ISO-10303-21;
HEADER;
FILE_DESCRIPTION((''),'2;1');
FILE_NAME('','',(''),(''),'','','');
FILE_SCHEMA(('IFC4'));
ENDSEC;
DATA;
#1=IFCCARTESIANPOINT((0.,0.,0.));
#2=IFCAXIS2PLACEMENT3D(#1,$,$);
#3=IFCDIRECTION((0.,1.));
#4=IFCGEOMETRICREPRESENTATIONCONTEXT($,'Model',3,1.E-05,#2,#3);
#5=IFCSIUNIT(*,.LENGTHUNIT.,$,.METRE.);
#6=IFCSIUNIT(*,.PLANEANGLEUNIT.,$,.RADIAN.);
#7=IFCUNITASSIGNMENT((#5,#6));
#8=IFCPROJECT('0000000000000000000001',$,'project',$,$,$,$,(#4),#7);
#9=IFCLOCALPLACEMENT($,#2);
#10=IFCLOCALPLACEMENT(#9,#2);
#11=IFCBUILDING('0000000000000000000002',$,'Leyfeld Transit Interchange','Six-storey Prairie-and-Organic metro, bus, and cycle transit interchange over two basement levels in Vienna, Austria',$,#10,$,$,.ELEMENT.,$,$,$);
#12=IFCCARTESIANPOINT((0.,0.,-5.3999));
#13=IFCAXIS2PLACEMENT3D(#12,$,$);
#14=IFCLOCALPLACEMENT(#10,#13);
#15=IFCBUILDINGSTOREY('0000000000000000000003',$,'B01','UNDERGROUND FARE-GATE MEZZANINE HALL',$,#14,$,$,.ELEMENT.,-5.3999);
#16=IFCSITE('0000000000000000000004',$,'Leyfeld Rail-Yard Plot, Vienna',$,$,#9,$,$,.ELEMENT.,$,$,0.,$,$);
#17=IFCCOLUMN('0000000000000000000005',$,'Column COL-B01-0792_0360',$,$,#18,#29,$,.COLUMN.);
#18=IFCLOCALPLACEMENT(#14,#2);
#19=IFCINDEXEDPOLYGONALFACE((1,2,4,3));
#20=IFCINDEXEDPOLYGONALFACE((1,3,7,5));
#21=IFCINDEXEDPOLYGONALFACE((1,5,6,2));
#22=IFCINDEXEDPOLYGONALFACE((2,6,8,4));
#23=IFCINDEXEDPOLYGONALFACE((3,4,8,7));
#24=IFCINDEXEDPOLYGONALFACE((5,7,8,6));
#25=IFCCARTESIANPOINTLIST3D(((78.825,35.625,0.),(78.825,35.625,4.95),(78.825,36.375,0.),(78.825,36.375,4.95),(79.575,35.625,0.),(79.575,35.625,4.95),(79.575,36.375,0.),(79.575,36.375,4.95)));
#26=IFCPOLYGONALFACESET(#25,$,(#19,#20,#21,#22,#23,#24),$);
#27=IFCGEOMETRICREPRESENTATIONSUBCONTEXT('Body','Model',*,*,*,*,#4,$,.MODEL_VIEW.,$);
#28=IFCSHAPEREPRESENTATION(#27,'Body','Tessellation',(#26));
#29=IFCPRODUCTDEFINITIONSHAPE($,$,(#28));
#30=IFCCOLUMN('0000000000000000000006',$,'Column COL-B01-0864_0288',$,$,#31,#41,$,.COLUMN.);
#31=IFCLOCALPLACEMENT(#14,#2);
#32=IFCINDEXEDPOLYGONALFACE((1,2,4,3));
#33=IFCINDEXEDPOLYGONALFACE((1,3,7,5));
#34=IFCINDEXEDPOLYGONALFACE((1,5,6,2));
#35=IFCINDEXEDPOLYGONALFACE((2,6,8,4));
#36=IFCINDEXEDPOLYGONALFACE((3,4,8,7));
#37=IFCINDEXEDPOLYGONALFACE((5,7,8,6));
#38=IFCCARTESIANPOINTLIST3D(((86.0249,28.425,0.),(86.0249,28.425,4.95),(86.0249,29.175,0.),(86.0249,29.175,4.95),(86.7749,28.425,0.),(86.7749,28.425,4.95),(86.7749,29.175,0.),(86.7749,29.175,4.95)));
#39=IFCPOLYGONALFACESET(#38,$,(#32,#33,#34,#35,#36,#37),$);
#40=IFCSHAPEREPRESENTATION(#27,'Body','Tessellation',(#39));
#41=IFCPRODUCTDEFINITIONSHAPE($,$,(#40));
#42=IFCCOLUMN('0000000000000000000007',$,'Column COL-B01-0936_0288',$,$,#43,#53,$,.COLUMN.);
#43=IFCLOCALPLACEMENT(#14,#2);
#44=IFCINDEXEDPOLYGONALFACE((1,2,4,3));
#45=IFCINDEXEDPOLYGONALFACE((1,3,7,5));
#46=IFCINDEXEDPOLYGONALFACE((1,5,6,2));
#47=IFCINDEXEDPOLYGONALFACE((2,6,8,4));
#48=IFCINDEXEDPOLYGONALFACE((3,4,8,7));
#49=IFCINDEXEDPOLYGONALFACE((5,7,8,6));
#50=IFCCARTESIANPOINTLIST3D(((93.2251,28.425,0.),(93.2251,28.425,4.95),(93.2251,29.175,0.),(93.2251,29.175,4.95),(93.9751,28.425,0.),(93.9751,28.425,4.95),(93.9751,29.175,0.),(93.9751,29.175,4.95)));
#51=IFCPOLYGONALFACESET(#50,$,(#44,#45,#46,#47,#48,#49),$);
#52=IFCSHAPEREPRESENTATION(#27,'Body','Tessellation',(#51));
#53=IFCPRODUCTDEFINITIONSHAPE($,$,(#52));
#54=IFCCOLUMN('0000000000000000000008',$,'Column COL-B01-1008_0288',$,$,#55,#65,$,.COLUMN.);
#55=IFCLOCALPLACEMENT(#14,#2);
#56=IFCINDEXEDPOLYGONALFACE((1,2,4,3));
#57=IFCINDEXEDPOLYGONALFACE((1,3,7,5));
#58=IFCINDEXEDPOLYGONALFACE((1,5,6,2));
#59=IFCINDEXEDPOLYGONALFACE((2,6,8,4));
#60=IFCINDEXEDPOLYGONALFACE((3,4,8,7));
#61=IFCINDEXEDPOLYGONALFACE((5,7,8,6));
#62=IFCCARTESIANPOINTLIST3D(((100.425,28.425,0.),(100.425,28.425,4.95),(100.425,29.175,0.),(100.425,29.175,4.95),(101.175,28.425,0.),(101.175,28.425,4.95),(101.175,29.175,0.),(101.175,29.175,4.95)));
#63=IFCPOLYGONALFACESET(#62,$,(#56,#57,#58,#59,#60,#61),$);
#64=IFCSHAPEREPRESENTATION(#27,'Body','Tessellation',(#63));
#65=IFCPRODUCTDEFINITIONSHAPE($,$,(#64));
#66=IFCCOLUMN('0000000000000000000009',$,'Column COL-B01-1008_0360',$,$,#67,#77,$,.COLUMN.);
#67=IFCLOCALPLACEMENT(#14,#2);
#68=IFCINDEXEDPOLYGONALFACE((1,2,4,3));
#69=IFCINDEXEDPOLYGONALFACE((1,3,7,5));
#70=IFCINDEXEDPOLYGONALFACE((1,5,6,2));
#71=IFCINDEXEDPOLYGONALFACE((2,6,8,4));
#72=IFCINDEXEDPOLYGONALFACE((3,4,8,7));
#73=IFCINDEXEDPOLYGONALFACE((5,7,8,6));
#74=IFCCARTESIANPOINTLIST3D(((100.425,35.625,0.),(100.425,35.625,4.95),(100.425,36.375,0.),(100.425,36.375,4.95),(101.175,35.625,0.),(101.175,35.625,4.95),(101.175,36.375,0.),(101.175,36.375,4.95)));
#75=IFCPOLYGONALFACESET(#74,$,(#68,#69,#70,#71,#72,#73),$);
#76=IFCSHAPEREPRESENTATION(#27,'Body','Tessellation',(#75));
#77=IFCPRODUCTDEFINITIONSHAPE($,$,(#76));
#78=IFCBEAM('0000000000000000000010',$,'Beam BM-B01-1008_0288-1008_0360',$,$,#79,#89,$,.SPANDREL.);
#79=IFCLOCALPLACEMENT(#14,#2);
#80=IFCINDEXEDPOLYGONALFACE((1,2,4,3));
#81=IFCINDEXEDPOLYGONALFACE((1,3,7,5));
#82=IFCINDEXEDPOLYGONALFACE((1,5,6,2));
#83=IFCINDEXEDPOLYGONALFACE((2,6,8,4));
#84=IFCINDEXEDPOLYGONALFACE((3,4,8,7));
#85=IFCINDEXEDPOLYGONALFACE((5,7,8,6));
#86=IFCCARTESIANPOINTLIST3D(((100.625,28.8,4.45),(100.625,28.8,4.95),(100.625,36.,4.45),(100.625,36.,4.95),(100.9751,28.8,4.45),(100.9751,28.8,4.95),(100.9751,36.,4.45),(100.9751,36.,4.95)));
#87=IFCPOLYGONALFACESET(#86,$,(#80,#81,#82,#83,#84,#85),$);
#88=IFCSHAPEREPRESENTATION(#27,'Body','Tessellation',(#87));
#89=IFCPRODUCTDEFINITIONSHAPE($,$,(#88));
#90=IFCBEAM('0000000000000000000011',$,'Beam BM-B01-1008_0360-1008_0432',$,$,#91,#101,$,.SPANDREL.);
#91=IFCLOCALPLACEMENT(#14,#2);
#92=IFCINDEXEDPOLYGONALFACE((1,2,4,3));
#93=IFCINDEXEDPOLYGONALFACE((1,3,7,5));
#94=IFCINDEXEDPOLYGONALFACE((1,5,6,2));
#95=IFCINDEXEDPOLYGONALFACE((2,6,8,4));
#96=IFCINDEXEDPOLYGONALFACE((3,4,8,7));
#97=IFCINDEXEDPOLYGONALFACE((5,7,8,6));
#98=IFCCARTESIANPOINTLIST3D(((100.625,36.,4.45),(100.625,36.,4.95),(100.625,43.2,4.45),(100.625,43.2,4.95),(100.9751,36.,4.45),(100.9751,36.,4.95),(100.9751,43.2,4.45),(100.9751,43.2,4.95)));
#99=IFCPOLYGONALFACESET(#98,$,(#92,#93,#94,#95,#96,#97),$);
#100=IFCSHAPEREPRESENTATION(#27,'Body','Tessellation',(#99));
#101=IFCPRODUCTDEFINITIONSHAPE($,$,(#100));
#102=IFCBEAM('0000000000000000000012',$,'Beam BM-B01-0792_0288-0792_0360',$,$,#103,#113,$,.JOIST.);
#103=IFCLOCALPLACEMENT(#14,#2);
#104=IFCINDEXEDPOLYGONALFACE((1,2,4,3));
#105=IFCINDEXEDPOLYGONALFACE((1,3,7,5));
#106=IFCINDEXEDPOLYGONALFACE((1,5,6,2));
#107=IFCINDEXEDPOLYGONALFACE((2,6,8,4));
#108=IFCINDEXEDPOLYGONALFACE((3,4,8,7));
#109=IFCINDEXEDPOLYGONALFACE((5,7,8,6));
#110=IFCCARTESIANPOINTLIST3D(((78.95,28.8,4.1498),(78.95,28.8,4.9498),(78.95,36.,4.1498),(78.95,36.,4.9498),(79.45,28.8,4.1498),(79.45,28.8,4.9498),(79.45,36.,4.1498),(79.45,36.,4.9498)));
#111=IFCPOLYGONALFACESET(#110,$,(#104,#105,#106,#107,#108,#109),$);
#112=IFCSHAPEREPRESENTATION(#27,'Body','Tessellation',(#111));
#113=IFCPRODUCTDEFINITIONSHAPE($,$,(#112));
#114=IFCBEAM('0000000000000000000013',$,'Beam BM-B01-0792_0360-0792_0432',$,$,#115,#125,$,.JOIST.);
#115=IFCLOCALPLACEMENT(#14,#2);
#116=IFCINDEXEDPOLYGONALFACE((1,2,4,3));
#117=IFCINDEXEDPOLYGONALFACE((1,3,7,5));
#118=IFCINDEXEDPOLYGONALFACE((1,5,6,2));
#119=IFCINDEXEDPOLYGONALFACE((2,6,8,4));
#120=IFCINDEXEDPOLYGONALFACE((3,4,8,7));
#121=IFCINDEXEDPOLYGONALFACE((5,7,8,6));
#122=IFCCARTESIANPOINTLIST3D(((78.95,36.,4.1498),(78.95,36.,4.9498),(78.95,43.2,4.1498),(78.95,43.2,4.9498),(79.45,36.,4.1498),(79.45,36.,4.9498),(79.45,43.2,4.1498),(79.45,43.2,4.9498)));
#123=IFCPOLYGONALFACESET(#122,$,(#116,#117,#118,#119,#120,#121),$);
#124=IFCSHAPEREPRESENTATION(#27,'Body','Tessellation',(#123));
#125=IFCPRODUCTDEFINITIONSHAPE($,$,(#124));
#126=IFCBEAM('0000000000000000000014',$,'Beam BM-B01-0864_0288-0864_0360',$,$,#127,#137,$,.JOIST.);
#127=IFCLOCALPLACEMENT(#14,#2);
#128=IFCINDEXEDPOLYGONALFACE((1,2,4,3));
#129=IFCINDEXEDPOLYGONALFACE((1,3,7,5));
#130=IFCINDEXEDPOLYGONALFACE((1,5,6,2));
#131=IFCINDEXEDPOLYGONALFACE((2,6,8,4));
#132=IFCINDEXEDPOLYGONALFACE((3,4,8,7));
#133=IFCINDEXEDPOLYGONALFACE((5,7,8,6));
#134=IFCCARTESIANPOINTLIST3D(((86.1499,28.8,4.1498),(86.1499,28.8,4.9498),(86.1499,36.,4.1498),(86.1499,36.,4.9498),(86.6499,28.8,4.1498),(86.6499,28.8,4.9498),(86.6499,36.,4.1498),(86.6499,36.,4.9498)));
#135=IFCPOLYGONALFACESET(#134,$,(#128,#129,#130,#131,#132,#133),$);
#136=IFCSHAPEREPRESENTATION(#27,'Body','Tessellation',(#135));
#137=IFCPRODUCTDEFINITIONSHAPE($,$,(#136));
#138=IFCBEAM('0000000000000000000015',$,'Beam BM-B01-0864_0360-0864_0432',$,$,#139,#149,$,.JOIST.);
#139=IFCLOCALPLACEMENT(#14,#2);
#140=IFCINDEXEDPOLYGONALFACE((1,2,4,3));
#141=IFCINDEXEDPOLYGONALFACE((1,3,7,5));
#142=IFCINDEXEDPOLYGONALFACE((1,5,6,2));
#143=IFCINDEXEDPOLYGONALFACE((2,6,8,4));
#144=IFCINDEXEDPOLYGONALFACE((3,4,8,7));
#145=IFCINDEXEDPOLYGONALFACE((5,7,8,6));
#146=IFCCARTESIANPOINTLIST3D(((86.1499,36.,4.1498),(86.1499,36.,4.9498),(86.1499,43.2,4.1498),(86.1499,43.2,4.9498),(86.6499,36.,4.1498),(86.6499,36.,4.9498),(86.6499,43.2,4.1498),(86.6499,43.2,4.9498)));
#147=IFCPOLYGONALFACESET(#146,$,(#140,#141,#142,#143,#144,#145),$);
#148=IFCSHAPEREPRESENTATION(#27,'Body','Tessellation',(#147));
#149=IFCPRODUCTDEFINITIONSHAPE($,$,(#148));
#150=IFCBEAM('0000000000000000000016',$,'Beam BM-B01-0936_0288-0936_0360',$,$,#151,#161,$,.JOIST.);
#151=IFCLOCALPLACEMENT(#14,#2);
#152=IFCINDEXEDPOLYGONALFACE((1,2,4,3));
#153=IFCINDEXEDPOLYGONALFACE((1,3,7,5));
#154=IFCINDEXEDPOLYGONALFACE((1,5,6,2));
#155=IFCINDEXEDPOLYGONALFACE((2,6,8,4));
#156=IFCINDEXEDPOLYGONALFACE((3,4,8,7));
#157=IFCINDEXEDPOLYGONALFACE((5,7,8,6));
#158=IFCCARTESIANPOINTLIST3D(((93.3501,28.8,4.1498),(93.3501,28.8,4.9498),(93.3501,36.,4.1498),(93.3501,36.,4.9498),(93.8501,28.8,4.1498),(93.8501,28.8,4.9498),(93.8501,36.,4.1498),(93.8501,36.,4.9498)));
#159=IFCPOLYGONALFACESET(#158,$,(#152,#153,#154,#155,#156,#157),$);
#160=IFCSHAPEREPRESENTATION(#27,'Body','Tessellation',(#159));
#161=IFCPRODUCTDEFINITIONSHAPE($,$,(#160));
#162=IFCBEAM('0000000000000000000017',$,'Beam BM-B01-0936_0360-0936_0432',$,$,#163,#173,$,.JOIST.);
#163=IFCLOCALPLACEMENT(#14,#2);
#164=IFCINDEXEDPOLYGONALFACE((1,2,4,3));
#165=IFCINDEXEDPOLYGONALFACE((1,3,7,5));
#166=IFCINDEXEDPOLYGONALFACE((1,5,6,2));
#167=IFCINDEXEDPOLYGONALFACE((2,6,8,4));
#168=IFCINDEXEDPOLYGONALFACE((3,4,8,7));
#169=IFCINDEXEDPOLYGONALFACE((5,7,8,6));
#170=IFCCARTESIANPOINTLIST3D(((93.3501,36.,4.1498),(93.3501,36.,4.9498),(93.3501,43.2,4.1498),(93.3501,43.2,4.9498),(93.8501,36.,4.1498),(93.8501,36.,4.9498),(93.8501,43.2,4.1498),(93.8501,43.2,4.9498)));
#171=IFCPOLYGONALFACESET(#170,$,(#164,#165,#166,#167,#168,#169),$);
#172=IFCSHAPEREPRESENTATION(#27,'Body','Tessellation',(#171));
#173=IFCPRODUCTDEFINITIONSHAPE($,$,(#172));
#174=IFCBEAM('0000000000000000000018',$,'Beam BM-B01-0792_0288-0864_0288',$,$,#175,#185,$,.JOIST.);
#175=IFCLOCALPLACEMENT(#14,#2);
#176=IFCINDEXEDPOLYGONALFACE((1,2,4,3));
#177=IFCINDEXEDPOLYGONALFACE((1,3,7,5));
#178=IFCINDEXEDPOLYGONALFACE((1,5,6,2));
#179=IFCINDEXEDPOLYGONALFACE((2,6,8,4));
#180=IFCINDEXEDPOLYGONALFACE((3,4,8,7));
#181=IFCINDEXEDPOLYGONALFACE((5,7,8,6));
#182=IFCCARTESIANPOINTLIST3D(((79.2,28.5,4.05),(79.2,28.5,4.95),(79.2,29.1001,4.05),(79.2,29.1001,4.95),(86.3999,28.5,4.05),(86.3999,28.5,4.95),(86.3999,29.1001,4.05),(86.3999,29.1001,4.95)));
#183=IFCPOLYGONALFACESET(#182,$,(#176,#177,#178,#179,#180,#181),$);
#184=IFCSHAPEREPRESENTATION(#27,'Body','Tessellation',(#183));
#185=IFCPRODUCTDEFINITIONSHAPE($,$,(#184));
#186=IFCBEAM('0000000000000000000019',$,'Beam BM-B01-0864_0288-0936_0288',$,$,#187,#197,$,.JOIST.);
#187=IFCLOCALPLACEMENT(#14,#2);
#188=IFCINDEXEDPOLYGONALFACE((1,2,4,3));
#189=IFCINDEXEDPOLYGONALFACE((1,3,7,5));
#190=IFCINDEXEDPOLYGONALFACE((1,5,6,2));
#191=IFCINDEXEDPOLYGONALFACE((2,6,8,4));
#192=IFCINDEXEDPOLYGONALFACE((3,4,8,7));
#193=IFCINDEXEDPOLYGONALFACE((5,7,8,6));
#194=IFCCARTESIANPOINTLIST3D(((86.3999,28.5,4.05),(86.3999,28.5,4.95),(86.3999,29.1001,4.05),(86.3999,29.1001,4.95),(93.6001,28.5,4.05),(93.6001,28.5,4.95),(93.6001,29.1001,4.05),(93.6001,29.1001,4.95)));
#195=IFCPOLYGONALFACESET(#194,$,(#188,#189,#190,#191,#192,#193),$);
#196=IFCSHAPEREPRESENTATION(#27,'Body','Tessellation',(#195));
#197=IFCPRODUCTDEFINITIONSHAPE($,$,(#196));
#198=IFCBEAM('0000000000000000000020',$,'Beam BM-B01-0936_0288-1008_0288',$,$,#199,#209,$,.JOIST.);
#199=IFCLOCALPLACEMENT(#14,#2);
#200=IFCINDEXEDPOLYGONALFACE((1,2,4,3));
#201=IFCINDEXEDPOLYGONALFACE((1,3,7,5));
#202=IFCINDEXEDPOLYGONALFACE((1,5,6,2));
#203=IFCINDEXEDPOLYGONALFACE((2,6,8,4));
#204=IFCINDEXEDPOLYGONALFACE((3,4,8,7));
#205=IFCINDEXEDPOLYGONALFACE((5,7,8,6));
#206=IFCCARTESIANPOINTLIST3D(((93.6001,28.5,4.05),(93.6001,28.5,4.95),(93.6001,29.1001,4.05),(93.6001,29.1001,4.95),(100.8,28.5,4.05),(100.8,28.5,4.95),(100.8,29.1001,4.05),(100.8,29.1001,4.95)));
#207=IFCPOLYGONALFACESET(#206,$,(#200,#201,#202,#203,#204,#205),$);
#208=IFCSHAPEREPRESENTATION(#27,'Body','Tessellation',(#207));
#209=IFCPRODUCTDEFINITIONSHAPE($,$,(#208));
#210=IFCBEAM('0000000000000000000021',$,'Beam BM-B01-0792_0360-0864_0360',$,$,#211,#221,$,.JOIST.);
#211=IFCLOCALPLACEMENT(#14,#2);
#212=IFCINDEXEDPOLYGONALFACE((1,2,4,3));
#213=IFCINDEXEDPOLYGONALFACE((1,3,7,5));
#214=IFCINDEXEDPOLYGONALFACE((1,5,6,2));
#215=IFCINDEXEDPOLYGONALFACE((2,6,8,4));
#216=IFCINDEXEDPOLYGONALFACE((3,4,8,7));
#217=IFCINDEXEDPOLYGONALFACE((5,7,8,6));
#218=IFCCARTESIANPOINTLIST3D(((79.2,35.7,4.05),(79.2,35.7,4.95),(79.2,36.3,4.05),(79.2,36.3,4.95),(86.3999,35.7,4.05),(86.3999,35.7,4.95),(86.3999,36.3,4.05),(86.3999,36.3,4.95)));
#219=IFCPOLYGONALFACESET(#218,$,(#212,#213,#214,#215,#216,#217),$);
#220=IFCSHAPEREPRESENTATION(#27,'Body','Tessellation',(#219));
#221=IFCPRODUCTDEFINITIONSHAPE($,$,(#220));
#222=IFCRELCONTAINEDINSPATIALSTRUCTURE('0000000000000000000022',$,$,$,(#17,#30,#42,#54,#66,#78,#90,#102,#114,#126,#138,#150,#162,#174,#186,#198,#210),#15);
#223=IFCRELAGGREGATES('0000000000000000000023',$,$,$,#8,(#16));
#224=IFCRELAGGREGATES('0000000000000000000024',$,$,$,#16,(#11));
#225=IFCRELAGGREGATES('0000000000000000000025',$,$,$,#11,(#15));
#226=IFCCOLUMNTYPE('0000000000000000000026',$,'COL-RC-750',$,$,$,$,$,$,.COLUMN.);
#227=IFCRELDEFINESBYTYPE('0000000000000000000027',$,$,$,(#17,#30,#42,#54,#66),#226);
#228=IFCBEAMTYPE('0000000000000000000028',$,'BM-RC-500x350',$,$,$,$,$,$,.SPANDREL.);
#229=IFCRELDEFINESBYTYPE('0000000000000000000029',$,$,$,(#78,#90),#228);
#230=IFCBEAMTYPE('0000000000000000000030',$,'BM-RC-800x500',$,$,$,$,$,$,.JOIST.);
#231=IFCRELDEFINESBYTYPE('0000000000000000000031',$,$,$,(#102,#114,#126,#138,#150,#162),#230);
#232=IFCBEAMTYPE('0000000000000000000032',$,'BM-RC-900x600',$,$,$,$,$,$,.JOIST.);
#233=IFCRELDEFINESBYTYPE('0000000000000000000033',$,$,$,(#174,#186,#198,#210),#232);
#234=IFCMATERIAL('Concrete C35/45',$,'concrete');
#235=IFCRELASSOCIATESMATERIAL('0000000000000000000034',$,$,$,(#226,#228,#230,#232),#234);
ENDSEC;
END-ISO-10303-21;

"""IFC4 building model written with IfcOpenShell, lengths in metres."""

from ifc_helpers import new_model, si_unit, direction, frame, origin, origin_2d, place, context, subcontext, project, spatial, rectangle, extrude, material, material_profile, profile_set, type_object, element, save


model = new_model("IFC4")

# Units and contexts
model_context = context("Model", 3, precision=1e-05, world=origin(), true_north=direction((0.0, 1.0)))
body_context = subcontext(model_context, "Body", "Model", "MODEL_VIEW")
ifc_project = project(units=[si_unit("LENGTHUNIT", "METRE"), si_unit("PLANEANGLEUNIT", "RADIAN")], contexts=[model_context])

# Site, building, storey
site_placement = place(None, origin())
site = spatial("IfcSite", under=ifc_project, at=site_placement, Name="Leyfeld Rail-Yard Plot, Vienna", CompositionType="ELEMENT", RefElevation=0.0)
building_placement = place(site_placement, origin())
building = spatial("IfcBuilding", under=site, at=building_placement, Name="Leyfeld Transit Interchange", Description="Six-storey Prairie-and-Organic metro, bus, and cycle transit interchange over two basement levels in Vienna, Austria", CompositionType="ELEMENT")
storey_placement = place(building_placement, frame((0.0, 0.0, -5.3999)))
storey = spatial("IfcBuildingStorey", under=building, at=storey_placement, Name="B01", Description="UNDERGROUND FARE-GATE MEZZANINE HALL", CompositionType="ELEMENT", Elevation=-5.3999)

# Columns
ifc_material_1 = material(Name="Concrete C35/45", Category="concrete")
ifc_material_profile_1 = material_profile(ifc_material_1, rectangle(XDim=0.75, YDim=0.75, at=origin_2d()), Name="RC 750x750")
ifc_profile_set_1 = profile_set([ifc_material_profile_1], Name="Concrete C35/45")
column_type = type_object("IfcColumnType", Name="COL-RC-750", PredefinedType="COLUMN", material=ifc_profile_set_1)
for number, where, z_axis, x_axis, name in (
    (1, (79.2, 36.0, 0.0), (0.0, 0.0, 1.0), (1.0, 0.0, 0.0), "Column COL-B01-0792_0360"),
    (2, (86.3999, 28.8, 0.0), (0.0, 0.0, 1.0), (1.0, 0.0, 0.0), "Column COL-B01-0864_0288"),
    (3, (93.6001, 28.8, 0.0), (0.0, 0.0, 1.0), (1.0, 0.0, 0.0), "Column COL-B01-0936_0288"),
    (4, (100.8, 28.8, 0.0), (0.0, 0.0, 1.0), (1.0, 0.0, 0.0), "Column COL-B01-1008_0288"),
    (5, (100.8, 36.0, 0.0), (0.0, 0.0, 1.0), (1.0, 0.0, 0.0), "Column COL-B01-1008_0360"),
):
    element("IfcColumn", number, at=place(storey_placement, frame(where, z_axis=z_axis, x_axis=x_axis)), inside=storey, type_object=column_type, Name=name, PredefinedType="COLUMN", context=body_context, shape_type="SweptSolid", body=[
        extrude(rectangle(XDim=0.75, YDim=0.75, at=origin_2d()), origin(), (0.0, 0.0, 1.0), 4.95),
    ])

# Beams
ifc_material_profile_2 = material_profile(ifc_material_1, rectangle(XDim=0.3501, YDim=0.5, at=origin_2d()), Name="RC 500x350")
ifc_profile_set_2 = profile_set([ifc_material_profile_2], Name="Concrete C35/45")
beam_type_1 = type_object("IfcBeamType", Name="BM-RC-500x350", PredefinedType="SPANDREL", material=ifc_profile_set_2)
for number, where, z_axis, x_axis, name in (
    (6, (100.8, 28.8, 4.7), (0.0, 1.0, 0.0), (-1.0, 0.0, 0.0), "Beam BM-B01-1008_0288-1008_0360"),
    (7, (100.8, 36.0, 4.7), (0.0, 1.0, 0.0), (-1.0, 0.0, 0.0), "Beam BM-B01-1008_0360-1008_0432"),
):
    element("IfcBeam", number, at=place(storey_placement, frame(where, z_axis=z_axis, x_axis=x_axis)), inside=storey, type_object=beam_type_1, Name=name, PredefinedType="SPANDREL", context=body_context, shape_type="SweptSolid", body=[
        extrude(rectangle(XDim=0.3501, YDim=0.5, at=origin_2d()), origin(), (0.0, 0.0, 1.0), 7.2),
    ])
ifc_material_profile_3 = material_profile(ifc_material_1, rectangle(XDim=0.5, YDim=0.8, at=origin_2d()), Name="RC 800x500")
ifc_profile_set_3 = profile_set([ifc_material_profile_3], Name="Concrete C35/45")
beam_type_2 = type_object("IfcBeamType", Name="BM-RC-800x500", PredefinedType="JOIST", material=ifc_profile_set_3)
for number, where, z_axis, x_axis, name in (
    (8, (79.2, 28.8, 4.5498), (0.0, 1.0, 0.0), (-1.0, 0.0, 0.0), "Beam BM-B01-0792_0288-0792_0360"),
    (9, (79.2, 36.0, 4.5498), (0.0, 1.0, 0.0), (-1.0, 0.0, 0.0), "Beam BM-B01-0792_0360-0792_0432"),
    (10, (86.3999, 28.8, 4.5498), (0.0, 1.0, 0.0), (-1.0, 0.0, 0.0), "Beam BM-B01-0864_0288-0864_0360"),
    (11, (86.3999, 36.0, 4.5498), (0.0, 1.0, 0.0), (-1.0, 0.0, 0.0), "Beam BM-B01-0864_0360-0864_0432"),
    (12, (93.6001, 28.8, 4.5498), (0.0, 1.0, 0.0), (-1.0, 0.0, 0.0), "Beam BM-B01-0936_0288-0936_0360"),
    (13, (93.6001, 36.0, 4.5498), (0.0, 1.0, 0.0), (-1.0, 0.0, 0.0), "Beam BM-B01-0936_0360-0936_0432"),
):
    element("IfcBeam", number, at=place(storey_placement, frame(where, z_axis=z_axis, x_axis=x_axis)), inside=storey, type_object=beam_type_2, Name=name, PredefinedType="JOIST", context=body_context, shape_type="SweptSolid", body=[
        extrude(rectangle(XDim=0.5, YDim=0.8, at=origin_2d()), origin(), (0.0, 0.0, 1.0), 7.2),
    ])
ifc_material_profile_4 = material_profile(ifc_material_1, rectangle(XDim=0.6001, YDim=0.8999, at=origin_2d()), Name="RC 900x600")
ifc_profile_set_4 = profile_set([ifc_material_profile_4], Name="Concrete C35/45")
beam_type_3 = type_object("IfcBeamType", Name="BM-RC-900x600", PredefinedType="JOIST", material=ifc_profile_set_4)
beam_1_placement = place(storey_placement, frame((79.2, 28.8, 4.5), z_axis=(1.0, 0.0, 0.0), x_axis=(0.0, 1.0, 0.0)))
element("IfcBeam", 14, at=beam_1_placement, inside=storey, type_object=beam_type_3, Name="Beam BM-B01-0792_0288-0864_0288", PredefinedType="JOIST", context=body_context, shape_type="SweptSolid", body=[
    extrude(rectangle(XDim=0.6001, YDim=0.8999, at=origin_2d()), origin(), (0.0, 0.0, 1.0), 7.2),
])
beam_2_placement = place(storey_placement, frame((86.3999, 28.8, 4.5), z_axis=(1.0, 0.0, 0.0), x_axis=(0.0, 1.0, 0.0)))
element("IfcBeam", 15, at=beam_2_placement, inside=storey, type_object=beam_type_3, Name="Beam BM-B01-0864_0288-0936_0288", PredefinedType="JOIST", context=body_context, shape_type="SweptSolid", body=[
    extrude(rectangle(XDim=0.6001, YDim=0.8999, at=origin_2d()), origin(), (0.0, 0.0, 1.0), 7.2002),
])
for number, where, z_axis, x_axis, name in (
    (16, (93.6001, 28.8, 4.5), (1.0, 0.0, 0.0), (0.0, 1.0, 0.0), "Beam BM-B01-0936_0288-1008_0288"),
    (17, (79.2, 36.0, 4.5), (1.0, 0.0, 0.0), (0.0, 1.0, 0.0), "Beam BM-B01-0792_0360-0864_0360"),
):
    element("IfcBeam", number, at=place(storey_placement, frame(where, z_axis=z_axis, x_axis=x_axis)), inside=storey, type_object=beam_type_3, Name=name, PredefinedType="JOIST", context=body_context, shape_type="SweptSolid", body=[
        extrude(rectangle(XDim=0.6001, YDim=0.8999, at=origin_2d()), origin(), (0.0, 0.0, 1.0), 7.2),
    ])

save(model, "model.ifc")
